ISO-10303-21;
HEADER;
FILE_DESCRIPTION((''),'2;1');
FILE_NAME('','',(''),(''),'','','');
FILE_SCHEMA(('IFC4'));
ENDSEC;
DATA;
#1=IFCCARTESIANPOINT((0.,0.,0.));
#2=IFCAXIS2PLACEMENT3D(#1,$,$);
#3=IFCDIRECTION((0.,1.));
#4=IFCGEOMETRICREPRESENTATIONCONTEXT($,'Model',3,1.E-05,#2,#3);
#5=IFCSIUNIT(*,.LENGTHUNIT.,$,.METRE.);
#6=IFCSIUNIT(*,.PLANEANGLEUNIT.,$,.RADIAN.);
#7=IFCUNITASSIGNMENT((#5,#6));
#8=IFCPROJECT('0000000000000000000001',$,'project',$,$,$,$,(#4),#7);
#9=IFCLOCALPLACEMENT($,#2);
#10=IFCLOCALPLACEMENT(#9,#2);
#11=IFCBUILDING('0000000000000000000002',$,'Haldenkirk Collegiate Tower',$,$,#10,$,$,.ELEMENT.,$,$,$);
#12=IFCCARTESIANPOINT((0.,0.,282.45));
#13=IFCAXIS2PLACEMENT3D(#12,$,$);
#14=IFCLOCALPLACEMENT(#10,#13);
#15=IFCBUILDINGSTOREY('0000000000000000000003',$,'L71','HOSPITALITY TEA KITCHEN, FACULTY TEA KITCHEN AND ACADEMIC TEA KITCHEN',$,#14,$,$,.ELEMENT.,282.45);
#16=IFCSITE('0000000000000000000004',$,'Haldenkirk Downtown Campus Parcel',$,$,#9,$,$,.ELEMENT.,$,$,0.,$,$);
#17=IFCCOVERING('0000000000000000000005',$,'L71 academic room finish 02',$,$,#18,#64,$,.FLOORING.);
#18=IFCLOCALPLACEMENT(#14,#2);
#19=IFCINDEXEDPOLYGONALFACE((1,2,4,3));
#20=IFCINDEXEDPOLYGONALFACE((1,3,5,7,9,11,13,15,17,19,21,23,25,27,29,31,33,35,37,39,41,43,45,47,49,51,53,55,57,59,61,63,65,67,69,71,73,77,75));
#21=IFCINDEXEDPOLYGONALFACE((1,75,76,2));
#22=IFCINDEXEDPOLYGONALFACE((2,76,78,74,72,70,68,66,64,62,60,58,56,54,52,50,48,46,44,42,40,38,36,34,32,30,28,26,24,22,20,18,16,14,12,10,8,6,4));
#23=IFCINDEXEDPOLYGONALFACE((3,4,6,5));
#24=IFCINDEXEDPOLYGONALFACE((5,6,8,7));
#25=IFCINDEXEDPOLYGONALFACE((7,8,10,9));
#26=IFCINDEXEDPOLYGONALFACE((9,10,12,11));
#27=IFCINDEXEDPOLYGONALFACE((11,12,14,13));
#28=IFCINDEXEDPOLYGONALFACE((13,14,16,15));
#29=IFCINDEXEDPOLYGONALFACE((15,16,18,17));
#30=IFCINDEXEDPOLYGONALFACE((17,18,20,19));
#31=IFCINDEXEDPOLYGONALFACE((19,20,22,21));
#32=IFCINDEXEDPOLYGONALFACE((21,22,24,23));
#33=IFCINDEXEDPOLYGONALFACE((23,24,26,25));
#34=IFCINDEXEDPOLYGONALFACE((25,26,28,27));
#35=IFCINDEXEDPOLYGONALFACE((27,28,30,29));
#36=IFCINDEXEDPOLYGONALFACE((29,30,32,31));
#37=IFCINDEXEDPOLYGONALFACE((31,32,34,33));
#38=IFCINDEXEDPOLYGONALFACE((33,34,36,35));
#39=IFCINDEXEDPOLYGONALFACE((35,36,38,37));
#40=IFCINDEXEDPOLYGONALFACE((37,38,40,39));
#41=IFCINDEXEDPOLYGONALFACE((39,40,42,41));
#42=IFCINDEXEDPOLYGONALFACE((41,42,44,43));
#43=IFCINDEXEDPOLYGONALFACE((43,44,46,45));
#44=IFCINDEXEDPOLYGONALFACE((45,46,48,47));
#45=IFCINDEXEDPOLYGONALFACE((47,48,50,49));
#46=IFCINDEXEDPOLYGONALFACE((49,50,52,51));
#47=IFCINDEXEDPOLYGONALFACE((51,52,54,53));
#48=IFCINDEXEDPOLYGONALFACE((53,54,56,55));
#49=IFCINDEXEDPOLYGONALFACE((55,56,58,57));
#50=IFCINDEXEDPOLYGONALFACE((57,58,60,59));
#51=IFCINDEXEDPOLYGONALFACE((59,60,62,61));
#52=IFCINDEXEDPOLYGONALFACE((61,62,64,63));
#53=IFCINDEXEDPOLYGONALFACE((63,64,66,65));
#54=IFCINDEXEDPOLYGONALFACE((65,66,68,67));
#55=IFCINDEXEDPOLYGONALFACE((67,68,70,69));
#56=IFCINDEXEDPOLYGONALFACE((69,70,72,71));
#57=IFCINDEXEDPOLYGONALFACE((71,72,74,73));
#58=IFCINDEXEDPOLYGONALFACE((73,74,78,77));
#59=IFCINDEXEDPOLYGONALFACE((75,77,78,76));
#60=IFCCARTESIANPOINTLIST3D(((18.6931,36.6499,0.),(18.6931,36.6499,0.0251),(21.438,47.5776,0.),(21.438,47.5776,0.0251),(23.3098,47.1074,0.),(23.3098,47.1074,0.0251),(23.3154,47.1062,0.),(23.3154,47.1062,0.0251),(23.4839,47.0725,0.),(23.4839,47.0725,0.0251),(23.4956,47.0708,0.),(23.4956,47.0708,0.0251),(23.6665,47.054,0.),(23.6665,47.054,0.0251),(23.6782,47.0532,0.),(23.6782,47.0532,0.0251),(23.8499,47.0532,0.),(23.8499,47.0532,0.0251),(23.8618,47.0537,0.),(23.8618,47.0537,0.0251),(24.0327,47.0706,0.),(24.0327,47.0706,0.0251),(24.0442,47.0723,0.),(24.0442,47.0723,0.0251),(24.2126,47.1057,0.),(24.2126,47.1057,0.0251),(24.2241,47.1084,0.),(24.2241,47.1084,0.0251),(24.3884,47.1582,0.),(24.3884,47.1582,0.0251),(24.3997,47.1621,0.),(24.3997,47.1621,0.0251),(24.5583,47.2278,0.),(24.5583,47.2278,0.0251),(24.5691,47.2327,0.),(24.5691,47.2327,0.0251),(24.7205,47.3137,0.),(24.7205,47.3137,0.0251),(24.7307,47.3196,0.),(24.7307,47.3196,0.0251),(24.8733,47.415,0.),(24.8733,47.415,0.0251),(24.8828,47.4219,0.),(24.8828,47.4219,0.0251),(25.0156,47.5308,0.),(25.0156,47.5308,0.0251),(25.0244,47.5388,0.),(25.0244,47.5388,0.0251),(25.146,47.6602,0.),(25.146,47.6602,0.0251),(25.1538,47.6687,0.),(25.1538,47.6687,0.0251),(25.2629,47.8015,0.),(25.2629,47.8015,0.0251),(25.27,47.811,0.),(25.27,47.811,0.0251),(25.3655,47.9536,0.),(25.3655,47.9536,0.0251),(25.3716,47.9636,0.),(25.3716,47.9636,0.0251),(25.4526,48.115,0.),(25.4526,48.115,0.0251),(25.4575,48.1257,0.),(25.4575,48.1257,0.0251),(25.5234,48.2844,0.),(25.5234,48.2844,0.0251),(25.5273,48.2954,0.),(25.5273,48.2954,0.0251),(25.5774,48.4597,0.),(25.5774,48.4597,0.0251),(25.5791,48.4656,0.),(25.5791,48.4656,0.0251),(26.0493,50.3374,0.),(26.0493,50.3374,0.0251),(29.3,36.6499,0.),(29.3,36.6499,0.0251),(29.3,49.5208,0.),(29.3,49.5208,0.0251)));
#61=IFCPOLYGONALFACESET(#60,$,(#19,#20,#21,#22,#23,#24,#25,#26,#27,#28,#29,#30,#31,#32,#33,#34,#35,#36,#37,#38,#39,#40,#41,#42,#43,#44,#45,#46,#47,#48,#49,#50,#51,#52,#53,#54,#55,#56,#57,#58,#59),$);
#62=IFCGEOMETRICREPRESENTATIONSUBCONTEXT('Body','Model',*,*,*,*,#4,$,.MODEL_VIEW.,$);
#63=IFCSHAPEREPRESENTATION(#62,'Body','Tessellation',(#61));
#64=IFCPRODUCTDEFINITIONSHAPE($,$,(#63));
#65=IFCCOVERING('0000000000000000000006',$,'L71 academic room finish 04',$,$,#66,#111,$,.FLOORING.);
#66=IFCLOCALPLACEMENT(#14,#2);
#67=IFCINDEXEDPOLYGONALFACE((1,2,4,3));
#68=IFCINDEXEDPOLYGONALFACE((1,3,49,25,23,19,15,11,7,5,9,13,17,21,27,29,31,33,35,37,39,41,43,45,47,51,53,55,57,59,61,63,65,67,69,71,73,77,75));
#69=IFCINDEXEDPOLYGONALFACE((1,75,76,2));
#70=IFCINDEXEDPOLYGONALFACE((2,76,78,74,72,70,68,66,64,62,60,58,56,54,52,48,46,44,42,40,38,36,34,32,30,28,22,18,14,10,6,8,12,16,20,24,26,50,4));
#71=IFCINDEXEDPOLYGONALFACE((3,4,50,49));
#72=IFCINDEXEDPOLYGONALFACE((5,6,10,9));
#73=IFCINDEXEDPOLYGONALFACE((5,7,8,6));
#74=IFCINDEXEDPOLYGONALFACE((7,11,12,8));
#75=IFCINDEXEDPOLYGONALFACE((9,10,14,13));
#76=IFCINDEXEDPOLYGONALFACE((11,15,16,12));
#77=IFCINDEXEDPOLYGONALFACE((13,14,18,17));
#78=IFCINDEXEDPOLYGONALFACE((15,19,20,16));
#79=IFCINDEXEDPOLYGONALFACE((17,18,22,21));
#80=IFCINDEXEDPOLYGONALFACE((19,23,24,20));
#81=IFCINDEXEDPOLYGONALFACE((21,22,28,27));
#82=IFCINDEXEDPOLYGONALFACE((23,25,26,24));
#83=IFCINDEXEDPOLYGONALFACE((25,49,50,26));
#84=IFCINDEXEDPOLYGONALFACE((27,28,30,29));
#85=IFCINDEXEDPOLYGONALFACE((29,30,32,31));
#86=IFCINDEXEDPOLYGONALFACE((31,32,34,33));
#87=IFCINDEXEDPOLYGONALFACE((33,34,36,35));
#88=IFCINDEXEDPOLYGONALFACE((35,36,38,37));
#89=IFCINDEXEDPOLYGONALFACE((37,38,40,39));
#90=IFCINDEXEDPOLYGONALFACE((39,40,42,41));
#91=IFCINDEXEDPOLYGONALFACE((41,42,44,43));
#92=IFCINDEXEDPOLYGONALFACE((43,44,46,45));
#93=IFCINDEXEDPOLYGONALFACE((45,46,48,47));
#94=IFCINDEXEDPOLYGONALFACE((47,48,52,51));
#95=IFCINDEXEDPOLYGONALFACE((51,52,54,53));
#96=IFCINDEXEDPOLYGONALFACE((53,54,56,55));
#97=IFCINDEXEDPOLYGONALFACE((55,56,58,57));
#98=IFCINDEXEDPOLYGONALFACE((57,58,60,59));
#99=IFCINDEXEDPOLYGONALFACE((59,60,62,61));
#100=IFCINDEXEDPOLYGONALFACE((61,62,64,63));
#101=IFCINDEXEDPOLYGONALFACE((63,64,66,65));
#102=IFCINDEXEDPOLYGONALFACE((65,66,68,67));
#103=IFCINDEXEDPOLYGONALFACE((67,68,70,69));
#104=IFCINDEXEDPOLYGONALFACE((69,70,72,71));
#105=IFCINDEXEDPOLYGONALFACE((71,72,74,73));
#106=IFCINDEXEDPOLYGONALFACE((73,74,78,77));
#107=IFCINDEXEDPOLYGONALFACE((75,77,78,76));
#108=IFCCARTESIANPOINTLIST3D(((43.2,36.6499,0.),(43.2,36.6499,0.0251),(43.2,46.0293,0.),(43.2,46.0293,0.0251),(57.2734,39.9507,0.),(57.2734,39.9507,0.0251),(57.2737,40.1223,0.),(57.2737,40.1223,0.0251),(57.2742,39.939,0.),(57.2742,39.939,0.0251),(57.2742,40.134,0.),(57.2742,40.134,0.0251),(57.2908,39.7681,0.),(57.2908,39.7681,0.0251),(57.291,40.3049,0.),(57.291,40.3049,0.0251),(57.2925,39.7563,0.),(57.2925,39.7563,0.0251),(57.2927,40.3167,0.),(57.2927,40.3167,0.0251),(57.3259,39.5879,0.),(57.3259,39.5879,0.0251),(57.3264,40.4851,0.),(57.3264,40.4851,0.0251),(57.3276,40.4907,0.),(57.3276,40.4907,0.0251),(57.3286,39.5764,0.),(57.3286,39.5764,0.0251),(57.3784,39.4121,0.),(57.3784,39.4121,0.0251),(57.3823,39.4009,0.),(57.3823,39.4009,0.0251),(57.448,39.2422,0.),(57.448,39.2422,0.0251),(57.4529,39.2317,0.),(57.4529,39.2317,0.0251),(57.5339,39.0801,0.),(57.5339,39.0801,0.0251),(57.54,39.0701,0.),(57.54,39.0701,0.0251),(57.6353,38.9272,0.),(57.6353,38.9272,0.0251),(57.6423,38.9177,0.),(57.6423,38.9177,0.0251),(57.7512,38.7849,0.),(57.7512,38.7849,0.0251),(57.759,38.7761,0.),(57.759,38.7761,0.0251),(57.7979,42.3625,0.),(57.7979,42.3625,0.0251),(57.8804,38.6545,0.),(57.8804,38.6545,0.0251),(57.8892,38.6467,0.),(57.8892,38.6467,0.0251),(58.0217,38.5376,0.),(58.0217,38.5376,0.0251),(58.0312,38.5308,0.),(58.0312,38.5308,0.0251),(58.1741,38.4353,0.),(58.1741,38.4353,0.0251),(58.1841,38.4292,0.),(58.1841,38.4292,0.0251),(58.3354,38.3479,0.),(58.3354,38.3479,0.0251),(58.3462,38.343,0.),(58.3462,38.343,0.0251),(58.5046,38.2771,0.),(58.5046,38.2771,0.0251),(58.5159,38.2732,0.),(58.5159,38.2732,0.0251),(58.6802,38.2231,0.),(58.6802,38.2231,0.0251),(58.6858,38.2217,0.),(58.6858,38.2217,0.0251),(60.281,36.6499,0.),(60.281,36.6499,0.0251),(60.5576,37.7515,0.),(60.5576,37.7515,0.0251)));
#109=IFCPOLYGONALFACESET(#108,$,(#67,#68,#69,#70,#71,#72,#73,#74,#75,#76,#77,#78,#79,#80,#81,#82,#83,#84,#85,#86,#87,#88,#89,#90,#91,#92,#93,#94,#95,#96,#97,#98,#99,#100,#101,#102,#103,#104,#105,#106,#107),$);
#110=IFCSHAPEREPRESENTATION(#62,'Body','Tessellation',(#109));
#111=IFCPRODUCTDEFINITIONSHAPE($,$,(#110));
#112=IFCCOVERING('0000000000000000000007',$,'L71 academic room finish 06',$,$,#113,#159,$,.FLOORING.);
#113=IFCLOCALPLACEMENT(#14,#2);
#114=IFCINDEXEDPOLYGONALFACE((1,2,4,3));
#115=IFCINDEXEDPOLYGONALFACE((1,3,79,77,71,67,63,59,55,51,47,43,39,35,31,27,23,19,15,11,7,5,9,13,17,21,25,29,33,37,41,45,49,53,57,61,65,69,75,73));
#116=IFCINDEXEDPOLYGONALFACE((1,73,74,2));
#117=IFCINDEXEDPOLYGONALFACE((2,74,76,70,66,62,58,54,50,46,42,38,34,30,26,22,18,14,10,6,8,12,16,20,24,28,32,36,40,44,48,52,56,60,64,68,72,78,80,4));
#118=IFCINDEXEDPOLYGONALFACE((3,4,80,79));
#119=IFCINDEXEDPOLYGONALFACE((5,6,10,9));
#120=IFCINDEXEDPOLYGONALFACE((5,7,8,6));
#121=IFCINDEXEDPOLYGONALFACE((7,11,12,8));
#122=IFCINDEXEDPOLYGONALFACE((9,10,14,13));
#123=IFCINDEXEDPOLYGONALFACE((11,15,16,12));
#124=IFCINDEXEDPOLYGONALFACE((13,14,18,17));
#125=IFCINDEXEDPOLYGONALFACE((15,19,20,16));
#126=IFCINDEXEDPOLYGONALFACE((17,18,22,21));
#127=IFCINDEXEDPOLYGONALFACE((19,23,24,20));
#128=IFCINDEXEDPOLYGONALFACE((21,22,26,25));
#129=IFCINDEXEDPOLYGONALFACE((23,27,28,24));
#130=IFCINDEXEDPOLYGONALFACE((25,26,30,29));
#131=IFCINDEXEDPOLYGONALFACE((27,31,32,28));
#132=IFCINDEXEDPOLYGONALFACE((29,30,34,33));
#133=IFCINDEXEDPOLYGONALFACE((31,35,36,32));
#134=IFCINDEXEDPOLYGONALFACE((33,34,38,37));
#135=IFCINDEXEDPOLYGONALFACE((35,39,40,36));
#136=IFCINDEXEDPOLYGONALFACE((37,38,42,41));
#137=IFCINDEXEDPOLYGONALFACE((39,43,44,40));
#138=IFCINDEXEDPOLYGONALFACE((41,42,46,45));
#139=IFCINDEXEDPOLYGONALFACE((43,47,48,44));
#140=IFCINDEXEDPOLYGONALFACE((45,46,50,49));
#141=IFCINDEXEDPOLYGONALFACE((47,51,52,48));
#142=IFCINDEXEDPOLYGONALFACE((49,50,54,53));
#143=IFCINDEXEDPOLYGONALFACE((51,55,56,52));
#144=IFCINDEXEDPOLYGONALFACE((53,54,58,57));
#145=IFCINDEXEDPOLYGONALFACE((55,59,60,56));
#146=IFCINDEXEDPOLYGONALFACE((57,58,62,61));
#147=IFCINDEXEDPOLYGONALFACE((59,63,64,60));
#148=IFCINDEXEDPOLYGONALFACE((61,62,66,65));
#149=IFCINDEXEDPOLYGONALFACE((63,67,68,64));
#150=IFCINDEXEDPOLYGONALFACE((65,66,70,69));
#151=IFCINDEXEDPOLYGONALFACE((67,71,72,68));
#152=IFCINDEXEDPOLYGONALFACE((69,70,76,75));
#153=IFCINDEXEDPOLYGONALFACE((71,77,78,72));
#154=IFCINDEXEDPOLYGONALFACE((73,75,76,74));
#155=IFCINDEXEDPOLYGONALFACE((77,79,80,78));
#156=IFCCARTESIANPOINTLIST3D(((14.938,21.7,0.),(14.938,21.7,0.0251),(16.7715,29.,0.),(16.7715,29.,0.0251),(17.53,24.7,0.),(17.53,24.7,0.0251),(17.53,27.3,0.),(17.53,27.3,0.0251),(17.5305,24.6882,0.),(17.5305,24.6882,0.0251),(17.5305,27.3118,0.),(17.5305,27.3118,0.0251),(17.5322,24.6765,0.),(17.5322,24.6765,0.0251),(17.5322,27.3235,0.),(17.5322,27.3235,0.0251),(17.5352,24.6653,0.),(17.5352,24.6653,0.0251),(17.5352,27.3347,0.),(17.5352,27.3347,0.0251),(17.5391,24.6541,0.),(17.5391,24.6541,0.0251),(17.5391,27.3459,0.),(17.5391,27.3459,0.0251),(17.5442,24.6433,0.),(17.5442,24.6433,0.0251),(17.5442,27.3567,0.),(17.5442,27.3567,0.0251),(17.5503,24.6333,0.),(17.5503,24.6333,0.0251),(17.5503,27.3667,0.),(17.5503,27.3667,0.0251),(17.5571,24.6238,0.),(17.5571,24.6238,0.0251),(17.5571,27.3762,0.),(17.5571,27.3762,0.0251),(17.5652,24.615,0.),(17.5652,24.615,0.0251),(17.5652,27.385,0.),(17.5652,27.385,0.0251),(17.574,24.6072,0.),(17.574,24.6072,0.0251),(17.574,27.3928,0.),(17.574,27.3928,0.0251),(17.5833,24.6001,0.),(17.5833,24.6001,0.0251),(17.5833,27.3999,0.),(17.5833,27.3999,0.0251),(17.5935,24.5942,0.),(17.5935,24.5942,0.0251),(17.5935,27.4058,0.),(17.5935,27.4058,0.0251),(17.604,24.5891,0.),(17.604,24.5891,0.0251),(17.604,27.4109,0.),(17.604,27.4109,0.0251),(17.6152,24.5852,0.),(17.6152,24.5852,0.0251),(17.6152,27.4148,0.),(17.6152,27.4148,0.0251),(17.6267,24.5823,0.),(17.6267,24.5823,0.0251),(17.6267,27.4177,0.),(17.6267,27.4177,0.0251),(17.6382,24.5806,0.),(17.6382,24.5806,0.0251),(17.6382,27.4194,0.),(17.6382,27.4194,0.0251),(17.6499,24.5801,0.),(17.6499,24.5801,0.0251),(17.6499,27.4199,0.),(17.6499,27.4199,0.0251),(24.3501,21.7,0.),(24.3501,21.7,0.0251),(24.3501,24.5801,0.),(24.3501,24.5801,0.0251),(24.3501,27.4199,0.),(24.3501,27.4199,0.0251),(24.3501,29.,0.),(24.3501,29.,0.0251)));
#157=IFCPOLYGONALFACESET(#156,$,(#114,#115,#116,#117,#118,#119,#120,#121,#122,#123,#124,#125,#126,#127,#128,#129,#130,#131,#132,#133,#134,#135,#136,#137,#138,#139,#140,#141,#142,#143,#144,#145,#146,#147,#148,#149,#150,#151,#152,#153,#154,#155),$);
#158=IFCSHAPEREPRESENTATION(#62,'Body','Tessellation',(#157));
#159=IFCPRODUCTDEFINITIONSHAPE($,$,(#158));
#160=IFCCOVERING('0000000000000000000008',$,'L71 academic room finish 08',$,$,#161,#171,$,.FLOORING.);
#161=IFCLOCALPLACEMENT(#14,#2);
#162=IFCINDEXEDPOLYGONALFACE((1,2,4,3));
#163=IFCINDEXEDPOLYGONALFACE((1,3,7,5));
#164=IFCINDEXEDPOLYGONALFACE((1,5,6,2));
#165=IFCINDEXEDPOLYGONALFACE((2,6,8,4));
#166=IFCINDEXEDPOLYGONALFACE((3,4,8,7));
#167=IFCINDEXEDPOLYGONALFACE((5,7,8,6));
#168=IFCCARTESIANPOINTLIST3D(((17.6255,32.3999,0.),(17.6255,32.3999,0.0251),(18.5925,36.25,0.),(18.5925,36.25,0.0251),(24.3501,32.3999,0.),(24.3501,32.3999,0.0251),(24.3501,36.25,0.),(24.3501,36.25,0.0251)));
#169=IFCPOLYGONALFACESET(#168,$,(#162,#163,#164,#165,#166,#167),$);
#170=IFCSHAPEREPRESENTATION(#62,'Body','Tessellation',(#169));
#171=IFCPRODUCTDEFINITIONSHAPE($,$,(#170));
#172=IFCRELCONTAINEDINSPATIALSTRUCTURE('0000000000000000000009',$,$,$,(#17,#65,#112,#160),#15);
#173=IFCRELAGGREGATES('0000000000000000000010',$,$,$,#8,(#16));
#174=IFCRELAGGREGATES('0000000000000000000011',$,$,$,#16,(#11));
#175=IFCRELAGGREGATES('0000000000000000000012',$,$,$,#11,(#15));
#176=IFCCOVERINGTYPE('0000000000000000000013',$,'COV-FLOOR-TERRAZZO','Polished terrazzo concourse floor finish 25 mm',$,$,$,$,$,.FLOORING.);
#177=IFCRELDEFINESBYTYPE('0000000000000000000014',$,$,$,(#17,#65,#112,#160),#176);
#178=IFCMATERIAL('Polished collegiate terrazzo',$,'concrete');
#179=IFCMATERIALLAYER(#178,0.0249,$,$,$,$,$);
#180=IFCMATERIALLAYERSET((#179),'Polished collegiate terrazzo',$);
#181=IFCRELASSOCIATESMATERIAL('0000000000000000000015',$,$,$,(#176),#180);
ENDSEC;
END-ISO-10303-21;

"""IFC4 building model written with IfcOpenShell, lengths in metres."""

from ifc_helpers import new_model, si_unit, direction, frame, origin, place, context, subcontext, project, spatial, polyline, outline, extrude, material, layer, layer_set, type_object, element, save


model = new_model("IFC4")

# Units and contexts
model_context = context("Model", 3, precision=1e-05, world=origin(), true_north=direction((0.0, 1.0)))
body_context = subcontext(model_context, "Body", "Model", "MODEL_VIEW")
ifc_project = project(units=[si_unit("LENGTHUNIT", "METRE"), si_unit("PLANEANGLEUNIT", "RADIAN")], contexts=[model_context])

# Site, building, storey
site_placement = place(None, origin())
site = spatial("IfcSite", under=ifc_project, at=site_placement, Name="Haldenkirk Downtown Campus Parcel", CompositionType="ELEMENT", RefElevation=0.0)
building_placement = place(site_placement, origin())
building = spatial("IfcBuilding", under=site, at=building_placement, Name="Haldenkirk Collegiate Tower", CompositionType="ELEMENT")
storey_placement = place(building_placement, frame((0.0, 0.0, 282.45)))
storey = spatial("IfcBuildingStorey", under=building, at=storey_placement, Name="L71", Description="HOSPITALITY TEA KITCHEN, FACULTY TEA KITCHEN AND ACADEMIC TEA KITCHEN", CompositionType="ELEMENT", Elevation=282.45)

# Coverings
ifc_material_1 = material(Name="Polished collegiate terrazzo", Category="concrete")
ifc_layer_1 = layer(ifc_material_1, 0.0249)
ifc_layer_set_1 = layer_set([ifc_layer_1], Name="Polished collegiate terrazzo")
covering_type_1 = type_object("IfcCoveringType", Name="COV-FLOOR-TERRAZZO", Description="Polished terrazzo concourse floor finish 25 mm", PredefinedType="FLOORING", material=ifc_layer_set_1)
covering_1_placement = place(storey_placement, origin())
element("IfcCovering", 1, at=covering_1_placement, inside=storey, type_object=covering_type_1, Name="L71 academic room finish 02", PredefinedType="FLOORING", context=body_context, shape_type="SweptSolid", body=[
    extrude(outline(polyline([(23.3098, 47.1074), (23.3154, 47.1062), (23.4839, 47.0725), (23.4956, 47.0708), (23.6665, 47.054), (23.6782, 47.0532), (23.8499, 47.0532), (23.8618, 47.0537), (24.0327, 47.0706), (24.0442, 47.0723), (24.2126, 47.1057), (24.2241, 47.1084), (24.3884, 47.1582), (24.3997, 47.1621), (24.5583, 47.2278), (24.5691, 47.2327), (24.7205, 47.3137), (24.7307, 47.3196), (24.8733, 47.415), (24.8828, 47.4219), (25.0156, 47.5308), (25.0244, 47.5388), (25.146, 47.6602), (25.1538, 47.6687), (25.2629, 47.8015), (25.27, 47.811), (25.3655, 47.9536), (25.3716, 47.9636), (25.4526, 48.115), (25.4575, 48.1257), (25.5234, 48.2844), (25.5273, 48.2954), (25.5774, 48.4597), (25.5791, 48.4656), (26.0493, 50.3374), (29.3, 49.5208), (29.3, 36.6499), (18.6931, 36.6499), (21.438, 47.5776), (23.3098, 47.1074)])), origin(), (0.0, 0.0, 1.0), 0.0251),
])
covering_2_placement = place(storey_placement, origin())
element("IfcCovering", 2, at=covering_2_placement, inside=storey, type_object=covering_type_1, Name="L71 academic room finish 04", PredefinedType="FLOORING", context=body_context, shape_type="SweptSolid", body=[
    extrude(outline(polyline([(57.7979, 42.3625), (57.3276, 40.4907), (57.3264, 40.4851), (57.2927, 40.3167), (57.291, 40.3049), (57.2742, 40.134), (57.2737, 40.1223), (57.2734, 39.9507), (57.2742, 39.939), (57.2908, 39.7681), (57.2925, 39.7563), (57.3259, 39.5879), (57.3286, 39.5764), (57.3784, 39.4121), (57.3823, 39.4009), (57.448, 39.2422), (57.4529, 39.2317), (57.5339, 39.0801), (57.54, 39.0701), (57.6353, 38.9272), (57.6423, 38.9177), (57.7512, 38.7849), (57.759, 38.7761), (57.8804, 38.6545), (57.8892, 38.6467), (58.0217, 38.5376), (58.0312, 38.5308), (58.1741, 38.4353), (58.1841, 38.4292), (58.3354, 38.3479), (58.3462, 38.343), (58.5046, 38.2771), (58.5159, 38.2732), (58.6802, 38.2231), (58.6858, 38.2217), (60.5576, 37.7515), (60.281, 36.6499), (43.2, 36.6499), (43.2, 46.0293), (57.7979, 42.3625)])), origin(), (0.0, 0.0, 1.0), 0.0251),
])
covering_3_placement = place(storey_placement, origin())
element("IfcCovering", 3, at=covering_3_placement, inside=storey, type_object=covering_type_1, Name="L71 academic room finish 06", PredefinedType="FLOORING", context=body_context, shape_type="SweptSolid", body=[
    extrude(outline(polyline([(17.6499, 27.4199), (17.6382, 27.4194), (17.6267, 27.4177), (17.6152, 27.4148), (17.604, 27.4109), (17.5935, 27.4058), (17.5833, 27.3999), (17.574, 27.3928), (17.5652, 27.385), (17.5571, 27.3762), (17.5503, 27.3667), (17.5442, 27.3567), (17.5391, 27.3459), (17.5352, 27.3347), (17.5322, 27.3235), (17.5305, 27.3118), (17.53, 27.3), (17.53, 24.7), (17.5305, 24.6882), (17.5322, 24.6765), (17.5352, 24.6653), (17.5391, 24.6541), (17.5442, 24.6433), (17.5503, 24.6333), (17.5571, 24.6238), (17.5652, 24.615), (17.574, 24.6072), (17.5833, 24.6001), (17.5935, 24.5942), (17.604, 24.5891), (17.6152, 24.5852), (17.6267, 24.5823), (17.6382, 24.5806), (17.6499, 24.5801), (24.3501, 24.5801), (24.3501, 21.7), (14.938, 21.7), (16.7715, 29.0), (24.3501, 29.0), (24.3501, 27.4199), (17.6499, 27.4199)])), origin(), (0.0, 0.0, 1.0), 0.0251),
])
covering_4_placement = place(storey_placement, origin())
element("IfcCovering", 4, at=covering_4_placement, inside=storey, type_object=covering_type_1, Name="L71 academic room finish 08", PredefinedType="FLOORING", context=body_context, shape_type="SweptSolid", body=[
    extrude(outline(polyline([(18.5925, 36.25), (24.3501, 36.25), (24.3501, 32.3999), (17.6255, 32.3999), (18.5925, 36.25)])), origin(), (0.0, 0.0, 1.0), 0.0251),
])

save(model, "model.ifc")
